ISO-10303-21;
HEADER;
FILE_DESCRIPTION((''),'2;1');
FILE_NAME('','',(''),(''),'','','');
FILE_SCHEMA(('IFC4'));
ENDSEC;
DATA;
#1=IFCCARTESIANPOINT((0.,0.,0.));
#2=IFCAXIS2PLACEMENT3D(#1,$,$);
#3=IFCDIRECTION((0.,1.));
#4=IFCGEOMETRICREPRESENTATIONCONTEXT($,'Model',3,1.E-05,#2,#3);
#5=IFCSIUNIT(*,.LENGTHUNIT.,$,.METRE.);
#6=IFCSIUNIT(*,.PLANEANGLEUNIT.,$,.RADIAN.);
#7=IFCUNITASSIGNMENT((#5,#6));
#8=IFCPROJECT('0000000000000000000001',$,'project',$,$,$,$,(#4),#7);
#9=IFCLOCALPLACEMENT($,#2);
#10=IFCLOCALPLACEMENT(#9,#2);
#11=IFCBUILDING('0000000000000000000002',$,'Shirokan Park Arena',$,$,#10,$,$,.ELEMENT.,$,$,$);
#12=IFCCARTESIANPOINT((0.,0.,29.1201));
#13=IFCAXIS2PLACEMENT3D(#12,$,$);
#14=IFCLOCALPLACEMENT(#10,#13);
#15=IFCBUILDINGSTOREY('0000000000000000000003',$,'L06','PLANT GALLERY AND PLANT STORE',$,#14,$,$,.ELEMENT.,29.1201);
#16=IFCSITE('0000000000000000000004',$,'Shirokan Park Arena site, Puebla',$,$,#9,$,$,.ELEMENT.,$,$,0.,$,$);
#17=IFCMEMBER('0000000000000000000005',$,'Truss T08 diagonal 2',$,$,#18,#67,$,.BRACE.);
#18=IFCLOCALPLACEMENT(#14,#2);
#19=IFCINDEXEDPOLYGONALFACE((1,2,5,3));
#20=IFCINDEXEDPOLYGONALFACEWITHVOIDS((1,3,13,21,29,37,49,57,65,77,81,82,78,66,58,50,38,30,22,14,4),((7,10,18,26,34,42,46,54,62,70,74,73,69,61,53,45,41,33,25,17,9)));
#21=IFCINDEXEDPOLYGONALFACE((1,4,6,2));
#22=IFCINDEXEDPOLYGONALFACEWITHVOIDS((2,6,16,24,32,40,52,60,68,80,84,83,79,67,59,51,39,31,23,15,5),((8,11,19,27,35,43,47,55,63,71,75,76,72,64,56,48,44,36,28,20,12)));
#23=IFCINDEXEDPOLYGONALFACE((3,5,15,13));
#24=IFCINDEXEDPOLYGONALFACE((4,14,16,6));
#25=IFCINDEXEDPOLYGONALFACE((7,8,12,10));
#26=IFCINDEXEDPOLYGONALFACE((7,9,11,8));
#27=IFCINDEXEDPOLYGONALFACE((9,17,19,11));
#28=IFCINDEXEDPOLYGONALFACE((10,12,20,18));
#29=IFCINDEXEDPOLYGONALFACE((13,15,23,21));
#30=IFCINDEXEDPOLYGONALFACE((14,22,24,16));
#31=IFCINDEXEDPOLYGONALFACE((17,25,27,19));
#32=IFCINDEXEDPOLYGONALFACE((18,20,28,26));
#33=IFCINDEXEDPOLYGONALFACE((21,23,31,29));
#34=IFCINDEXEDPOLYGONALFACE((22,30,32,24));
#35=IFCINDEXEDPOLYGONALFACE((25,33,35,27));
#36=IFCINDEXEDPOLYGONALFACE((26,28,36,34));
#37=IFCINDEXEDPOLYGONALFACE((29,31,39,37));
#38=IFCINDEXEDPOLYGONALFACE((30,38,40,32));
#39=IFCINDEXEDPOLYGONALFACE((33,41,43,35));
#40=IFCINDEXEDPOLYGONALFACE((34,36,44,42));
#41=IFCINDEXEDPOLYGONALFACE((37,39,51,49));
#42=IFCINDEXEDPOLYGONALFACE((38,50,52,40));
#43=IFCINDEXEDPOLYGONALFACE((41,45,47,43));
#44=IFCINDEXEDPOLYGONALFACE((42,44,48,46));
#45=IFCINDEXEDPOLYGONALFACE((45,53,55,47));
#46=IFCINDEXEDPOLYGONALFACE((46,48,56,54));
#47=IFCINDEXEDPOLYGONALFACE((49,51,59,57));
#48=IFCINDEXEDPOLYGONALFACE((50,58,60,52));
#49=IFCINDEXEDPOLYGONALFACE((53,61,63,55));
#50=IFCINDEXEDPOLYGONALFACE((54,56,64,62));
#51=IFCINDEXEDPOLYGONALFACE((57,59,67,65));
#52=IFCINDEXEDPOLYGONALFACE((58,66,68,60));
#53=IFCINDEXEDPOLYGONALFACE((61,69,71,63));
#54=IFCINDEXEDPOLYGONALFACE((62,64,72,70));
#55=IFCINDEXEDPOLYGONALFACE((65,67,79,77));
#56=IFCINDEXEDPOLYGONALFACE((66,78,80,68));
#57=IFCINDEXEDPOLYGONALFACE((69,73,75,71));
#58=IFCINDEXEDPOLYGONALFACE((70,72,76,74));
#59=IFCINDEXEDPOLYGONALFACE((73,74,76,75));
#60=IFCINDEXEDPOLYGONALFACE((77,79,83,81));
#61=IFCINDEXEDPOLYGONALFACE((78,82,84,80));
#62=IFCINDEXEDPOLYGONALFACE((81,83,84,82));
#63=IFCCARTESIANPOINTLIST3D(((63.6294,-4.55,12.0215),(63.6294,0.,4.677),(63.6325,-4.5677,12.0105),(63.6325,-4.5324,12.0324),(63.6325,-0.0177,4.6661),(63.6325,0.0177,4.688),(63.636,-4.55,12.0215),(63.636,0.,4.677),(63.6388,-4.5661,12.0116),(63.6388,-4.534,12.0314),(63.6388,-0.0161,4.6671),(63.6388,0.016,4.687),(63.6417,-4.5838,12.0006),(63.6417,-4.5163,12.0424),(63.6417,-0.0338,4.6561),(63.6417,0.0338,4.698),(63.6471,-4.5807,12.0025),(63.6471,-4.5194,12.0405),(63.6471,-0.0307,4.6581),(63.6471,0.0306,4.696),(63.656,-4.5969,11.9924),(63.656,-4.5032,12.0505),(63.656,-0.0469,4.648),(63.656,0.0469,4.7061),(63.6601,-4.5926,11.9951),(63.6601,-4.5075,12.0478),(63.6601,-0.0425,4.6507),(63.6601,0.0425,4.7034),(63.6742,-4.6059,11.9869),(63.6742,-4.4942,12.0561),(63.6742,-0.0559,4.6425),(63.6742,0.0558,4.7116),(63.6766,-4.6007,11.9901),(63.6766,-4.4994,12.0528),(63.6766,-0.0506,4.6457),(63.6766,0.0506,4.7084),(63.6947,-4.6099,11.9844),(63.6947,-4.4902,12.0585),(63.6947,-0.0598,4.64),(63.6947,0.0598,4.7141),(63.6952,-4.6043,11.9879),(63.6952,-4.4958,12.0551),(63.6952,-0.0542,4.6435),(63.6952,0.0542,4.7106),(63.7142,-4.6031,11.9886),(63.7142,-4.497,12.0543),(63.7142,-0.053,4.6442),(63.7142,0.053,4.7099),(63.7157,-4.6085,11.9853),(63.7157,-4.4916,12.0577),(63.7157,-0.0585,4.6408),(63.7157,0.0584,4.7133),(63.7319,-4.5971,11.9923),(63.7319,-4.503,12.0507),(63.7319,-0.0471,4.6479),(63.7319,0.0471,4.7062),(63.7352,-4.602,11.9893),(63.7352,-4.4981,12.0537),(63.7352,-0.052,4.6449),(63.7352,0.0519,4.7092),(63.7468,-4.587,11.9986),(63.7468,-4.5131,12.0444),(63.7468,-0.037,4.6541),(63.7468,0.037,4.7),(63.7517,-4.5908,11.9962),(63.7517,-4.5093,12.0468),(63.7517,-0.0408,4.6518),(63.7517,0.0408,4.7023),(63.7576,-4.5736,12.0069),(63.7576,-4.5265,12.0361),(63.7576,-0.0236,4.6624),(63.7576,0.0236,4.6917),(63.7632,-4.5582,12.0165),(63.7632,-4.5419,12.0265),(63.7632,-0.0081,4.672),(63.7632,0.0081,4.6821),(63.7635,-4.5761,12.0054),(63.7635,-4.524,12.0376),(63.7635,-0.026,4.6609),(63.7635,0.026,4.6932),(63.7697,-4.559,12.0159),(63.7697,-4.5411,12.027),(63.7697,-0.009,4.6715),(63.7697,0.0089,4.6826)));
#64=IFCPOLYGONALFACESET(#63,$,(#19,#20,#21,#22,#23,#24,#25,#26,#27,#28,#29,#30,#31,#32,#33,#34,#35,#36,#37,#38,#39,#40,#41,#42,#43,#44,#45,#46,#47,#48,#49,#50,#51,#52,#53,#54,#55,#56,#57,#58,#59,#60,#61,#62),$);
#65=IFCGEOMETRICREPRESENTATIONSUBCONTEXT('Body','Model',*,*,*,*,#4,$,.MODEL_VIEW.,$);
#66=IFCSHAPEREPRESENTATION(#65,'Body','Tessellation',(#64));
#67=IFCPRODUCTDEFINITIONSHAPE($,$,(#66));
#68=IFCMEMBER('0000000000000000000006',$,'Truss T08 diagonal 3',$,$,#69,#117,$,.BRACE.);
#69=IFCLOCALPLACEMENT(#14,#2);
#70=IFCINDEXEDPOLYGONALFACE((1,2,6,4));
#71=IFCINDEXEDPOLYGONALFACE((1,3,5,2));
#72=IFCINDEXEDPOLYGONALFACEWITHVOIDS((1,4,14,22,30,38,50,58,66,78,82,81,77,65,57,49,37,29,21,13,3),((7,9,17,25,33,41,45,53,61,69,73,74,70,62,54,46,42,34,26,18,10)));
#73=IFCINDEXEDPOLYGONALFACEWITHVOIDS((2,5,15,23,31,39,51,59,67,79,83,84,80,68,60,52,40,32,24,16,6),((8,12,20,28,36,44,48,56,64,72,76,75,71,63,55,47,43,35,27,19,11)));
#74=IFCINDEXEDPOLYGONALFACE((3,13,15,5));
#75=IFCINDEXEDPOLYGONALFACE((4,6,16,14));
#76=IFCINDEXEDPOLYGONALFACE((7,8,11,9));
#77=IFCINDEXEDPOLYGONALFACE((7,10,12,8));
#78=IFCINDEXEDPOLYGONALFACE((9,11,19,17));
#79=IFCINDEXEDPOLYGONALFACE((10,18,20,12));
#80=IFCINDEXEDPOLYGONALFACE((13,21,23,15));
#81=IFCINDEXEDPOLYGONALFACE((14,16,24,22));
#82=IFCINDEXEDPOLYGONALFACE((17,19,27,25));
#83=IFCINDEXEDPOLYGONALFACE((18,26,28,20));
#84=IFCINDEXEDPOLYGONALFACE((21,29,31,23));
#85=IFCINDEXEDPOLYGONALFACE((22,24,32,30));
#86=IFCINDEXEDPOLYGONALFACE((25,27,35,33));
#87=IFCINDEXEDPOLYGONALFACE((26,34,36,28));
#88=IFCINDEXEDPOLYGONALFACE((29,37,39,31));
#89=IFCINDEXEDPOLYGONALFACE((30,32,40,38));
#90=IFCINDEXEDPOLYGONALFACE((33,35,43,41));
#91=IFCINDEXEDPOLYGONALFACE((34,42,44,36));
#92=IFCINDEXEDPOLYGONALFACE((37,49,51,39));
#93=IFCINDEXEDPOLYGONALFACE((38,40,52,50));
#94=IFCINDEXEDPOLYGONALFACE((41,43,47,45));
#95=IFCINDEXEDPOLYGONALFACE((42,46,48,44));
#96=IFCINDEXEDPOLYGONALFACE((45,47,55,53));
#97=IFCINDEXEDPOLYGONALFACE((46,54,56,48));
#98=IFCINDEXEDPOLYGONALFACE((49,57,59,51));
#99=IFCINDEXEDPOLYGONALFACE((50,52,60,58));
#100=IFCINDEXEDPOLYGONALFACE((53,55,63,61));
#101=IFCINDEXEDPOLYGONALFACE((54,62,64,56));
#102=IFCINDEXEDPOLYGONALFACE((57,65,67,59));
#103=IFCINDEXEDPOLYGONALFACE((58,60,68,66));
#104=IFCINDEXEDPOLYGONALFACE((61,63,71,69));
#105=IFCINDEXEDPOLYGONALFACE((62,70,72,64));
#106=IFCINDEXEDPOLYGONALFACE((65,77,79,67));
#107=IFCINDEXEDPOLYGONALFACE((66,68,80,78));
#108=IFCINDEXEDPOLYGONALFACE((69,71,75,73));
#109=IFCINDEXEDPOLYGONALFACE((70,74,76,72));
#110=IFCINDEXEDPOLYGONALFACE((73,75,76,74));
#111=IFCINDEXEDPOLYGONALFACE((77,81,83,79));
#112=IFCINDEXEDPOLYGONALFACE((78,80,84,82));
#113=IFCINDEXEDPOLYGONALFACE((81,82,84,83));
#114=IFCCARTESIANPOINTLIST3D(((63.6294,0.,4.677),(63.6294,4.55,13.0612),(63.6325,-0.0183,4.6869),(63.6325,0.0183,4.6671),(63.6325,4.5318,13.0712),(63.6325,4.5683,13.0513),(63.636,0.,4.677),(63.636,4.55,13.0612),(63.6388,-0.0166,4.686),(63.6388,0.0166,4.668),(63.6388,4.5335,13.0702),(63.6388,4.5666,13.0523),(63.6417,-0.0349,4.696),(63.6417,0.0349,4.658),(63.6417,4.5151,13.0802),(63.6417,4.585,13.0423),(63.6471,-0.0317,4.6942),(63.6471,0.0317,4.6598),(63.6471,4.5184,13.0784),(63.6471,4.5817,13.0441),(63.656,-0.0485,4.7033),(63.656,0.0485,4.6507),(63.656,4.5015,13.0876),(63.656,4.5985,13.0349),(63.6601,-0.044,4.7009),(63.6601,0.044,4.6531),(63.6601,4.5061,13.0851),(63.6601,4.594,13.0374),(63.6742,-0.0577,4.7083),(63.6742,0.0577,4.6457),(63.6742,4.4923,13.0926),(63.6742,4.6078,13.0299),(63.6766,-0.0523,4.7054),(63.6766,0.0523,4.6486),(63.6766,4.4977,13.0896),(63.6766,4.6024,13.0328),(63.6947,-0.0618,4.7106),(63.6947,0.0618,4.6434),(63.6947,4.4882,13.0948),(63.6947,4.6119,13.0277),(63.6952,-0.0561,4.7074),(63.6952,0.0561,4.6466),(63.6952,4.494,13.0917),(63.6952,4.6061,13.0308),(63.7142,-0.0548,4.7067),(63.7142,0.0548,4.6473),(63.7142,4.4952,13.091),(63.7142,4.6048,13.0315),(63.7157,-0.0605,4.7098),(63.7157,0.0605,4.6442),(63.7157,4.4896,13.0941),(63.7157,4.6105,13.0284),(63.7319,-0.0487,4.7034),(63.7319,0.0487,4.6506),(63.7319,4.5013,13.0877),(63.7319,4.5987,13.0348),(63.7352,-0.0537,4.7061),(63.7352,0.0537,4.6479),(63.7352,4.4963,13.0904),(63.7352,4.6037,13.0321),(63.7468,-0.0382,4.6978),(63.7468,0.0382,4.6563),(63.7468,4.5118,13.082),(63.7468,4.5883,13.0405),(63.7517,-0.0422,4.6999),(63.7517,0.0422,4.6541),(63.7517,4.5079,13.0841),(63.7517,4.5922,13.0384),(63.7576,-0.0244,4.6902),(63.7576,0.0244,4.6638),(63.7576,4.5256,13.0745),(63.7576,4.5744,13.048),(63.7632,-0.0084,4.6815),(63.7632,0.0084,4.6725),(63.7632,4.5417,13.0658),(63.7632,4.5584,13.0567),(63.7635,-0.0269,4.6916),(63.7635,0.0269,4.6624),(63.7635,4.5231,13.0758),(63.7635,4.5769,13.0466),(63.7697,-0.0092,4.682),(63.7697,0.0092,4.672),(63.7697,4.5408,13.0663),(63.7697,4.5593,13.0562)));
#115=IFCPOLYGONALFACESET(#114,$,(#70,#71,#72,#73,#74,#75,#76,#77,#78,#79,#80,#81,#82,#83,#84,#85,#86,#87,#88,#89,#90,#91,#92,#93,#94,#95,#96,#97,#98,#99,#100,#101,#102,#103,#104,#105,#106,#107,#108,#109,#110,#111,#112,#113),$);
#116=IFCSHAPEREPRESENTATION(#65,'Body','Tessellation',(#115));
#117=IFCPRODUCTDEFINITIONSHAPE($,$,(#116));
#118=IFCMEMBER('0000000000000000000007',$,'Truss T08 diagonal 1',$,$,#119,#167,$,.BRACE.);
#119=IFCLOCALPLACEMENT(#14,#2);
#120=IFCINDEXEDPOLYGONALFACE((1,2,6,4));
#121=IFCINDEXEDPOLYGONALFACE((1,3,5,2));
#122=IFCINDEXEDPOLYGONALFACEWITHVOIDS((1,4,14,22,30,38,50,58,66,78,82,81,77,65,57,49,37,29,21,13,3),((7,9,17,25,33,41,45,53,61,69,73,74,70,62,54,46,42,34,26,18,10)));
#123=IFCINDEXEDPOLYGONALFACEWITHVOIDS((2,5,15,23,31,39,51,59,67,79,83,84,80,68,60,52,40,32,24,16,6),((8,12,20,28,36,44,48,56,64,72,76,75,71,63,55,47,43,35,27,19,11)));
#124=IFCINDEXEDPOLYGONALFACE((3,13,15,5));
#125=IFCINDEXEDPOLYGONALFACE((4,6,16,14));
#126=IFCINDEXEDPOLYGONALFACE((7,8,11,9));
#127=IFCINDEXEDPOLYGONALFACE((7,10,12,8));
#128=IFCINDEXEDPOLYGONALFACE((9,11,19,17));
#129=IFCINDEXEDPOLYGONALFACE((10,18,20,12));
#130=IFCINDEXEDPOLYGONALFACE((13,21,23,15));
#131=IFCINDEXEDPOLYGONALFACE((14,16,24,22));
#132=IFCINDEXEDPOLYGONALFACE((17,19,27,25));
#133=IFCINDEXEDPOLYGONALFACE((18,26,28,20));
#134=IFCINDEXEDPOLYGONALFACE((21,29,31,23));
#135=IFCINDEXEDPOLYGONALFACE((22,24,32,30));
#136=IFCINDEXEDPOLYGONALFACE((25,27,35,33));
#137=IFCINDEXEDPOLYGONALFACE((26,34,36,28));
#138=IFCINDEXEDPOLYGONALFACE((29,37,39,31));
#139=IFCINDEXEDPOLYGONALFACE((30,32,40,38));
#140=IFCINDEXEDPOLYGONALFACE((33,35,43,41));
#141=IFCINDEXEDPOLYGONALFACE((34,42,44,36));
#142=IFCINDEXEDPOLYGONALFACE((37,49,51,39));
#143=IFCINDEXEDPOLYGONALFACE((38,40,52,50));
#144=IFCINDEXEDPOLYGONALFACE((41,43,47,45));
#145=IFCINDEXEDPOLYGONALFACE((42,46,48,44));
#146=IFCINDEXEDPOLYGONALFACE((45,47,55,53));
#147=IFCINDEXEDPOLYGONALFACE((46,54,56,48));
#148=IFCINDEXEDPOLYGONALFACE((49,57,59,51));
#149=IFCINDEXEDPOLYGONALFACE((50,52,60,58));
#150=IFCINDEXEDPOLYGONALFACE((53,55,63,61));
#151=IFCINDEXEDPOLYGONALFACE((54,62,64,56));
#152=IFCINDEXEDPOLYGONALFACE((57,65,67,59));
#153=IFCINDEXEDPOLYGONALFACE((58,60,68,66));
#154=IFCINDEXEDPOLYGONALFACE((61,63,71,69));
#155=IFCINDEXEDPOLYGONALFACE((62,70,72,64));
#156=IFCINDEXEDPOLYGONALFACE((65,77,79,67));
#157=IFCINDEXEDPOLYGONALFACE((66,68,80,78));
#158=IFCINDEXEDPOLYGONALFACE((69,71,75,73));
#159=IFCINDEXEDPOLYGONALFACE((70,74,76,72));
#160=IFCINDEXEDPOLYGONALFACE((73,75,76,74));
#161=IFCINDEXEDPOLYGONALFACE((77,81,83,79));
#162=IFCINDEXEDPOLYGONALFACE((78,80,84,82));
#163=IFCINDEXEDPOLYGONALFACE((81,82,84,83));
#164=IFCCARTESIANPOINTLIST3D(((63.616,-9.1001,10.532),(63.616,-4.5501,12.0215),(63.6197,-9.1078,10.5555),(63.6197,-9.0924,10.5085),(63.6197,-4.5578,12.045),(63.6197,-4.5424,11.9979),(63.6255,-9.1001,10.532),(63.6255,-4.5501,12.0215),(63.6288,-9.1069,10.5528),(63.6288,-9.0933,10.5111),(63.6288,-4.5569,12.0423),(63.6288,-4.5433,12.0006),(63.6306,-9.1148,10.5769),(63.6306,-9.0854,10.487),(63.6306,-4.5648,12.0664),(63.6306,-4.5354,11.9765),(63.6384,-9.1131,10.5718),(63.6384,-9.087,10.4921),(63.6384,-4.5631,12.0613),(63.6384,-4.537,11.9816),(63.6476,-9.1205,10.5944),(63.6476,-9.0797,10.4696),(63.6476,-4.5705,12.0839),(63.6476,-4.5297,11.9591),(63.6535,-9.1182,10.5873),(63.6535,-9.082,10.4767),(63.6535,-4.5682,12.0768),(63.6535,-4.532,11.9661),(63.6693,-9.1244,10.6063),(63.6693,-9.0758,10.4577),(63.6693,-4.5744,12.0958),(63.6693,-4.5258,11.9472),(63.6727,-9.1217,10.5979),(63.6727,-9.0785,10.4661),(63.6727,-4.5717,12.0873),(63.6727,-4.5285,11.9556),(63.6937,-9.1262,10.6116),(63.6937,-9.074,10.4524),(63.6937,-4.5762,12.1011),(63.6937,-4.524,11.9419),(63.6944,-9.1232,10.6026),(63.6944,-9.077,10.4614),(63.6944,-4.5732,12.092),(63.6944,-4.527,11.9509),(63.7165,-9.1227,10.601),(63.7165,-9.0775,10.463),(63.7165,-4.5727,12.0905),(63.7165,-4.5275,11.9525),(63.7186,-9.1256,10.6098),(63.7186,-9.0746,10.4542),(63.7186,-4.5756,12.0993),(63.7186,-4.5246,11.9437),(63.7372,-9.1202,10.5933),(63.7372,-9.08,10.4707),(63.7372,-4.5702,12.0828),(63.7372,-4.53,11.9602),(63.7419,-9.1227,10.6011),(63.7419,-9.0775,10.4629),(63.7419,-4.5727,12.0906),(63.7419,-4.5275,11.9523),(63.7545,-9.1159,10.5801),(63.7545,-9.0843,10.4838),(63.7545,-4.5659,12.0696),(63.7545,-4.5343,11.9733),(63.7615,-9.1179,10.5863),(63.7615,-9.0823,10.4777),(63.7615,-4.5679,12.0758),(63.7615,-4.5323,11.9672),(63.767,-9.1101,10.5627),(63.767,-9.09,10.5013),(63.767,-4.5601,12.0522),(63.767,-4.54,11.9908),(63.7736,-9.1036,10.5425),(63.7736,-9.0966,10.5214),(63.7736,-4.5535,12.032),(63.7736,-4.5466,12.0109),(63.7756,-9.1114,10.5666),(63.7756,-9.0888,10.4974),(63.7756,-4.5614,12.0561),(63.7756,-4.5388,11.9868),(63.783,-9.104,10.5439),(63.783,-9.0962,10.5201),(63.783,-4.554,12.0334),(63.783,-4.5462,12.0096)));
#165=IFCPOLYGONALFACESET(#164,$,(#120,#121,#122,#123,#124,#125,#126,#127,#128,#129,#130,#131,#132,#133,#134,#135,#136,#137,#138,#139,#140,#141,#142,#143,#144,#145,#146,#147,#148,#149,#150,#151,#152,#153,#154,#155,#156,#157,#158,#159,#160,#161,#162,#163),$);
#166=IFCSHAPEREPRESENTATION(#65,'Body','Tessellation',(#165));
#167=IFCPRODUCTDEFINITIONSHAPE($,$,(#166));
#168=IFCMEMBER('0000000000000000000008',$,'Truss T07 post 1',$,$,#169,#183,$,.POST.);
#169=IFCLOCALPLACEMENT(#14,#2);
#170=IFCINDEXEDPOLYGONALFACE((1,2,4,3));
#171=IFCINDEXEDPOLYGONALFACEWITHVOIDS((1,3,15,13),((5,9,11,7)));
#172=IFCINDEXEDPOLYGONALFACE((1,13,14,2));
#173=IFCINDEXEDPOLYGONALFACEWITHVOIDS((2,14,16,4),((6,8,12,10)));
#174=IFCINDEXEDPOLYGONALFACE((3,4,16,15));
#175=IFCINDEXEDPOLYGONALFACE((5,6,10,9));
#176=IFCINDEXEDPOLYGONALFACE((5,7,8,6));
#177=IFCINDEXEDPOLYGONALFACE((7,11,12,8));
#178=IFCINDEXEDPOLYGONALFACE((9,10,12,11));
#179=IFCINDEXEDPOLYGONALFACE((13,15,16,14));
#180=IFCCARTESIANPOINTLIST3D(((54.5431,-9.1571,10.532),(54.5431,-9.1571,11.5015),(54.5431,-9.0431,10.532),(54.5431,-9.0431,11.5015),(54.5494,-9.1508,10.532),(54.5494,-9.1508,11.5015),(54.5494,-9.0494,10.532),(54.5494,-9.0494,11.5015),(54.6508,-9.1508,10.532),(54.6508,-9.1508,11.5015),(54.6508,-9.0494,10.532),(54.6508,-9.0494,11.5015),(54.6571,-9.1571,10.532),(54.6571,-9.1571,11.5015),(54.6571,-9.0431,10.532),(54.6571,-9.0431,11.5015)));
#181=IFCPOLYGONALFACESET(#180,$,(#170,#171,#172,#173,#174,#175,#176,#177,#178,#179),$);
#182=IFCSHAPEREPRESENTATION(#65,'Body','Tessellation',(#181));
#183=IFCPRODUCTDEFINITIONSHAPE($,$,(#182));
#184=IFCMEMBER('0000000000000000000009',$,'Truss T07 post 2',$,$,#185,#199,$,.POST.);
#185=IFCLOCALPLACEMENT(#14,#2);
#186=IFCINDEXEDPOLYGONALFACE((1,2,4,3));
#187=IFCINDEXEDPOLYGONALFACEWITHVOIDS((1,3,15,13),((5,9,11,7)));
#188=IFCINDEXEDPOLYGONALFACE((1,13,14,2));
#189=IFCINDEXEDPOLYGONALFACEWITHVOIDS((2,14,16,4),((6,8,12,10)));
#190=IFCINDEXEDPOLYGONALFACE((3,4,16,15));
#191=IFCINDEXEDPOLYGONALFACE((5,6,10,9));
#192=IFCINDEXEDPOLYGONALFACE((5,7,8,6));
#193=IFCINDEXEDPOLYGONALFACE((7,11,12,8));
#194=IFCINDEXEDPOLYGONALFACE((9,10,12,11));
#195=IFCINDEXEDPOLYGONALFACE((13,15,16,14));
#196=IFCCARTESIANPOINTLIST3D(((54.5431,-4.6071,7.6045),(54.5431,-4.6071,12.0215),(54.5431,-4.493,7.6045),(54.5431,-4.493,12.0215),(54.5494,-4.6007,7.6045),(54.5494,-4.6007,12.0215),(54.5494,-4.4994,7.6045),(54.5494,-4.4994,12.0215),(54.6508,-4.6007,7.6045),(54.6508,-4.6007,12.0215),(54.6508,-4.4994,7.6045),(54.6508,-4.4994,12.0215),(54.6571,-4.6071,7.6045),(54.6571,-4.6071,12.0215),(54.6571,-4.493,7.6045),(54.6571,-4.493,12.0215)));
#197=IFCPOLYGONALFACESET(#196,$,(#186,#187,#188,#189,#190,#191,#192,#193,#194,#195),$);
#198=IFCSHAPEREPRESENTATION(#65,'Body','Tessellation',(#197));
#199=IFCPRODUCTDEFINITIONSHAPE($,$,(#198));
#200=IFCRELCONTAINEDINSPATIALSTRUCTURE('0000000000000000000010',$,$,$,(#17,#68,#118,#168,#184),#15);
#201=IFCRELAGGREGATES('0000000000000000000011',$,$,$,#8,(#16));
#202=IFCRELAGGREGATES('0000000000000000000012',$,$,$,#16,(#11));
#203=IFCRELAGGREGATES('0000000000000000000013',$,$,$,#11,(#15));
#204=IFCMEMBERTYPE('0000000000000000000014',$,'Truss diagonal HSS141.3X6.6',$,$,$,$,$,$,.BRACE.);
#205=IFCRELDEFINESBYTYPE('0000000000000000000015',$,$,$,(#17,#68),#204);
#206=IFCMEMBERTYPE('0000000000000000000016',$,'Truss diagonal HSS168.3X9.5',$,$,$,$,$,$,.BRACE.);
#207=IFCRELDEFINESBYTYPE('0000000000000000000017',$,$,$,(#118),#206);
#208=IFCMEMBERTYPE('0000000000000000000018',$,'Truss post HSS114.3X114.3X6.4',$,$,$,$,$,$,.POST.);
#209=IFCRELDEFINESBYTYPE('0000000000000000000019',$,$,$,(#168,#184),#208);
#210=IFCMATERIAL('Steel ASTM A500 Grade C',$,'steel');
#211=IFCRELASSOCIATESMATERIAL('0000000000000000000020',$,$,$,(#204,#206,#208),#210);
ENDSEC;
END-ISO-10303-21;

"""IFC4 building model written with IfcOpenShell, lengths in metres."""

from ifc_helpers import new_model, si_unit, direction, frame, origin, origin_2d, place, context, subcontext, project, spatial, hollow_rectangle, hollow_circle, extrude, material, material_profile, profile_set, type_object, element, save


model = new_model("IFC4")

# Units and contexts
model_context = context("Model", 3, precision=1e-05, world=origin(), true_north=direction((0.0, 1.0)))
body_context = subcontext(model_context, "Body", "Model", "MODEL_VIEW")
ifc_project = project(units=[si_unit("LENGTHUNIT", "METRE"), si_unit("PLANEANGLEUNIT", "RADIAN")], contexts=[model_context])

# Site, building, storey
site_placement = place(None, origin())
site = spatial("IfcSite", under=ifc_project, at=site_placement, Name="Shirokan Park Arena site, Puebla", CompositionType="ELEMENT", RefElevation=0.0)
building_placement = place(site_placement, origin())
building = spatial("IfcBuilding", under=site, at=building_placement, Name="Shirokan Park Arena", CompositionType="ELEMENT")
storey_placement = place(building_placement, frame((0.0, 0.0, 29.1201)))
storey = spatial("IfcBuildingStorey", under=building, at=storey_placement, Name="L06", Description="PLANT GALLERY AND PLANT STORE", CompositionType="ELEMENT", Elevation=29.1201)

# Shared definitions
ifc_material_1 = material(Name="Steel ASTM A500 Grade C", Category="steel")

# Members
ifc_material_profile_1 = material_profile(ifc_material_1, hollow_circle(Radius=0.0706, WallThickness=0.0066, at=origin_2d()), Name="HSS141.3X6.6")
ifc_profile_set_1 = profile_set([ifc_material_profile_1], Name="Steel ASTM A500 Grade C")
member_type_1 = type_object("IfcMemberType", Name="Truss diagonal HSS141.3X6.6", PredefinedType="BRACE", material=ifc_profile_set_1)
member_1_placement = place(storey_placement, frame((63.7, -4.55, 12.0215), z_axis=(0.0, 0.526644, -0.850086), x_axis=(-1.0, 0.0, 0.0)))
element("IfcMember", 1, at=member_1_placement, inside=storey, type_object=member_type_1, Name="Truss T08 diagonal 2", PredefinedType="BRACE", context=body_context, shape_type="SweptSolid", body=[
    extrude(hollow_circle(Radius=0.0706, WallThickness=0.0066, at=origin_2d()), origin(), (0.0, 0.0, 1.0), 8.6396),
])
member_2_placement = place(storey_placement, frame((63.7, 0.0, 4.677), z_axis=(0.0, 0.476977, 0.878916), x_axis=(-1.0, 0.0, 0.0)))
element("IfcMember", 2, at=member_2_placement, inside=storey, type_object=member_type_1, Name="Truss T08 diagonal 3", PredefinedType="BRACE", context=body_context, shape_type="SweptSolid", body=[
    extrude(hollow_circle(Radius=0.0706, WallThickness=0.0066, at=origin_2d()), origin(), (0.0, 0.0, 1.0), 9.5393),
])
ifc_material_profile_2 = material_profile(ifc_material_1, hollow_circle(Radius=0.084, WallThickness=0.0095, at=origin_2d()), Name="HSS168.3X9.5")
ifc_profile_set_2 = profile_set([ifc_material_profile_2], Name="Steel ASTM A500 Grade C")
member_type_2 = type_object("IfcMemberType", Name="Truss diagonal HSS168.3X9.5", PredefinedType="BRACE", material=ifc_profile_set_2)
member_3_placement = place(storey_placement, frame((63.7, -9.1001, 10.532), z_axis=(0.0, 0.950373, 0.311114), x_axis=(-1.0, 0.0, 0.0)))
element("IfcMember", 3, at=member_3_placement, inside=storey, type_object=member_type_2, Name="Truss T08 diagonal 1", PredefinedType="BRACE", context=body_context, shape_type="SweptSolid", body=[
    extrude(hollow_circle(Radius=0.084, WallThickness=0.0095, at=origin_2d()), origin(), (0.0, 0.0, 1.0), 4.7876),
])
ifc_material_profile_3 = material_profile(ifc_material_1, hollow_rectangle(XDim=0.114, YDim=0.114, WallThickness=0.0063, at=origin_2d()), Name="HSS114.3X114.3X6.4")
ifc_profile_set_3 = profile_set([ifc_material_profile_3], Name="Steel ASTM A500 Grade C")
member_type_3 = type_object("IfcMemberType", Name="Truss post HSS114.3X114.3X6.4", PredefinedType="POST", material=ifc_profile_set_3)
member_4_placement = place(storey_placement, frame((54.6001, -9.1001, 10.532), z_axis=(0.0, 0.0, 1.0), x_axis=(1.0, 0.0, 0.0)))
element("IfcMember", 4, at=member_4_placement, inside=storey, type_object=member_type_3, Name="Truss T07 post 1", PredefinedType="POST", context=body_context, shape_type="SweptSolid", body=[
    extrude(hollow_rectangle(XDim=0.114, YDim=0.114, WallThickness=0.0063, at=origin_2d()), origin(), (0.0, 0.0, 1.0), 0.9695),
])
member_5_placement = place(storey_placement, frame((54.6001, -4.55, 7.6045), z_axis=(0.0, 0.0, 1.0), x_axis=(1.0, 0.0, 0.0)))
element("IfcMember", 5, at=member_5_placement, inside=storey, type_object=member_type_3, Name="Truss T07 post 2", PredefinedType="POST", context=body_context, shape_type="SweptSolid", body=[
    extrude(hollow_rectangle(XDim=0.114, YDim=0.114, WallThickness=0.0063, at=origin_2d()), origin(), (0.0, 0.0, 1.0), 4.417),
])

save(model, "model.ifc")
